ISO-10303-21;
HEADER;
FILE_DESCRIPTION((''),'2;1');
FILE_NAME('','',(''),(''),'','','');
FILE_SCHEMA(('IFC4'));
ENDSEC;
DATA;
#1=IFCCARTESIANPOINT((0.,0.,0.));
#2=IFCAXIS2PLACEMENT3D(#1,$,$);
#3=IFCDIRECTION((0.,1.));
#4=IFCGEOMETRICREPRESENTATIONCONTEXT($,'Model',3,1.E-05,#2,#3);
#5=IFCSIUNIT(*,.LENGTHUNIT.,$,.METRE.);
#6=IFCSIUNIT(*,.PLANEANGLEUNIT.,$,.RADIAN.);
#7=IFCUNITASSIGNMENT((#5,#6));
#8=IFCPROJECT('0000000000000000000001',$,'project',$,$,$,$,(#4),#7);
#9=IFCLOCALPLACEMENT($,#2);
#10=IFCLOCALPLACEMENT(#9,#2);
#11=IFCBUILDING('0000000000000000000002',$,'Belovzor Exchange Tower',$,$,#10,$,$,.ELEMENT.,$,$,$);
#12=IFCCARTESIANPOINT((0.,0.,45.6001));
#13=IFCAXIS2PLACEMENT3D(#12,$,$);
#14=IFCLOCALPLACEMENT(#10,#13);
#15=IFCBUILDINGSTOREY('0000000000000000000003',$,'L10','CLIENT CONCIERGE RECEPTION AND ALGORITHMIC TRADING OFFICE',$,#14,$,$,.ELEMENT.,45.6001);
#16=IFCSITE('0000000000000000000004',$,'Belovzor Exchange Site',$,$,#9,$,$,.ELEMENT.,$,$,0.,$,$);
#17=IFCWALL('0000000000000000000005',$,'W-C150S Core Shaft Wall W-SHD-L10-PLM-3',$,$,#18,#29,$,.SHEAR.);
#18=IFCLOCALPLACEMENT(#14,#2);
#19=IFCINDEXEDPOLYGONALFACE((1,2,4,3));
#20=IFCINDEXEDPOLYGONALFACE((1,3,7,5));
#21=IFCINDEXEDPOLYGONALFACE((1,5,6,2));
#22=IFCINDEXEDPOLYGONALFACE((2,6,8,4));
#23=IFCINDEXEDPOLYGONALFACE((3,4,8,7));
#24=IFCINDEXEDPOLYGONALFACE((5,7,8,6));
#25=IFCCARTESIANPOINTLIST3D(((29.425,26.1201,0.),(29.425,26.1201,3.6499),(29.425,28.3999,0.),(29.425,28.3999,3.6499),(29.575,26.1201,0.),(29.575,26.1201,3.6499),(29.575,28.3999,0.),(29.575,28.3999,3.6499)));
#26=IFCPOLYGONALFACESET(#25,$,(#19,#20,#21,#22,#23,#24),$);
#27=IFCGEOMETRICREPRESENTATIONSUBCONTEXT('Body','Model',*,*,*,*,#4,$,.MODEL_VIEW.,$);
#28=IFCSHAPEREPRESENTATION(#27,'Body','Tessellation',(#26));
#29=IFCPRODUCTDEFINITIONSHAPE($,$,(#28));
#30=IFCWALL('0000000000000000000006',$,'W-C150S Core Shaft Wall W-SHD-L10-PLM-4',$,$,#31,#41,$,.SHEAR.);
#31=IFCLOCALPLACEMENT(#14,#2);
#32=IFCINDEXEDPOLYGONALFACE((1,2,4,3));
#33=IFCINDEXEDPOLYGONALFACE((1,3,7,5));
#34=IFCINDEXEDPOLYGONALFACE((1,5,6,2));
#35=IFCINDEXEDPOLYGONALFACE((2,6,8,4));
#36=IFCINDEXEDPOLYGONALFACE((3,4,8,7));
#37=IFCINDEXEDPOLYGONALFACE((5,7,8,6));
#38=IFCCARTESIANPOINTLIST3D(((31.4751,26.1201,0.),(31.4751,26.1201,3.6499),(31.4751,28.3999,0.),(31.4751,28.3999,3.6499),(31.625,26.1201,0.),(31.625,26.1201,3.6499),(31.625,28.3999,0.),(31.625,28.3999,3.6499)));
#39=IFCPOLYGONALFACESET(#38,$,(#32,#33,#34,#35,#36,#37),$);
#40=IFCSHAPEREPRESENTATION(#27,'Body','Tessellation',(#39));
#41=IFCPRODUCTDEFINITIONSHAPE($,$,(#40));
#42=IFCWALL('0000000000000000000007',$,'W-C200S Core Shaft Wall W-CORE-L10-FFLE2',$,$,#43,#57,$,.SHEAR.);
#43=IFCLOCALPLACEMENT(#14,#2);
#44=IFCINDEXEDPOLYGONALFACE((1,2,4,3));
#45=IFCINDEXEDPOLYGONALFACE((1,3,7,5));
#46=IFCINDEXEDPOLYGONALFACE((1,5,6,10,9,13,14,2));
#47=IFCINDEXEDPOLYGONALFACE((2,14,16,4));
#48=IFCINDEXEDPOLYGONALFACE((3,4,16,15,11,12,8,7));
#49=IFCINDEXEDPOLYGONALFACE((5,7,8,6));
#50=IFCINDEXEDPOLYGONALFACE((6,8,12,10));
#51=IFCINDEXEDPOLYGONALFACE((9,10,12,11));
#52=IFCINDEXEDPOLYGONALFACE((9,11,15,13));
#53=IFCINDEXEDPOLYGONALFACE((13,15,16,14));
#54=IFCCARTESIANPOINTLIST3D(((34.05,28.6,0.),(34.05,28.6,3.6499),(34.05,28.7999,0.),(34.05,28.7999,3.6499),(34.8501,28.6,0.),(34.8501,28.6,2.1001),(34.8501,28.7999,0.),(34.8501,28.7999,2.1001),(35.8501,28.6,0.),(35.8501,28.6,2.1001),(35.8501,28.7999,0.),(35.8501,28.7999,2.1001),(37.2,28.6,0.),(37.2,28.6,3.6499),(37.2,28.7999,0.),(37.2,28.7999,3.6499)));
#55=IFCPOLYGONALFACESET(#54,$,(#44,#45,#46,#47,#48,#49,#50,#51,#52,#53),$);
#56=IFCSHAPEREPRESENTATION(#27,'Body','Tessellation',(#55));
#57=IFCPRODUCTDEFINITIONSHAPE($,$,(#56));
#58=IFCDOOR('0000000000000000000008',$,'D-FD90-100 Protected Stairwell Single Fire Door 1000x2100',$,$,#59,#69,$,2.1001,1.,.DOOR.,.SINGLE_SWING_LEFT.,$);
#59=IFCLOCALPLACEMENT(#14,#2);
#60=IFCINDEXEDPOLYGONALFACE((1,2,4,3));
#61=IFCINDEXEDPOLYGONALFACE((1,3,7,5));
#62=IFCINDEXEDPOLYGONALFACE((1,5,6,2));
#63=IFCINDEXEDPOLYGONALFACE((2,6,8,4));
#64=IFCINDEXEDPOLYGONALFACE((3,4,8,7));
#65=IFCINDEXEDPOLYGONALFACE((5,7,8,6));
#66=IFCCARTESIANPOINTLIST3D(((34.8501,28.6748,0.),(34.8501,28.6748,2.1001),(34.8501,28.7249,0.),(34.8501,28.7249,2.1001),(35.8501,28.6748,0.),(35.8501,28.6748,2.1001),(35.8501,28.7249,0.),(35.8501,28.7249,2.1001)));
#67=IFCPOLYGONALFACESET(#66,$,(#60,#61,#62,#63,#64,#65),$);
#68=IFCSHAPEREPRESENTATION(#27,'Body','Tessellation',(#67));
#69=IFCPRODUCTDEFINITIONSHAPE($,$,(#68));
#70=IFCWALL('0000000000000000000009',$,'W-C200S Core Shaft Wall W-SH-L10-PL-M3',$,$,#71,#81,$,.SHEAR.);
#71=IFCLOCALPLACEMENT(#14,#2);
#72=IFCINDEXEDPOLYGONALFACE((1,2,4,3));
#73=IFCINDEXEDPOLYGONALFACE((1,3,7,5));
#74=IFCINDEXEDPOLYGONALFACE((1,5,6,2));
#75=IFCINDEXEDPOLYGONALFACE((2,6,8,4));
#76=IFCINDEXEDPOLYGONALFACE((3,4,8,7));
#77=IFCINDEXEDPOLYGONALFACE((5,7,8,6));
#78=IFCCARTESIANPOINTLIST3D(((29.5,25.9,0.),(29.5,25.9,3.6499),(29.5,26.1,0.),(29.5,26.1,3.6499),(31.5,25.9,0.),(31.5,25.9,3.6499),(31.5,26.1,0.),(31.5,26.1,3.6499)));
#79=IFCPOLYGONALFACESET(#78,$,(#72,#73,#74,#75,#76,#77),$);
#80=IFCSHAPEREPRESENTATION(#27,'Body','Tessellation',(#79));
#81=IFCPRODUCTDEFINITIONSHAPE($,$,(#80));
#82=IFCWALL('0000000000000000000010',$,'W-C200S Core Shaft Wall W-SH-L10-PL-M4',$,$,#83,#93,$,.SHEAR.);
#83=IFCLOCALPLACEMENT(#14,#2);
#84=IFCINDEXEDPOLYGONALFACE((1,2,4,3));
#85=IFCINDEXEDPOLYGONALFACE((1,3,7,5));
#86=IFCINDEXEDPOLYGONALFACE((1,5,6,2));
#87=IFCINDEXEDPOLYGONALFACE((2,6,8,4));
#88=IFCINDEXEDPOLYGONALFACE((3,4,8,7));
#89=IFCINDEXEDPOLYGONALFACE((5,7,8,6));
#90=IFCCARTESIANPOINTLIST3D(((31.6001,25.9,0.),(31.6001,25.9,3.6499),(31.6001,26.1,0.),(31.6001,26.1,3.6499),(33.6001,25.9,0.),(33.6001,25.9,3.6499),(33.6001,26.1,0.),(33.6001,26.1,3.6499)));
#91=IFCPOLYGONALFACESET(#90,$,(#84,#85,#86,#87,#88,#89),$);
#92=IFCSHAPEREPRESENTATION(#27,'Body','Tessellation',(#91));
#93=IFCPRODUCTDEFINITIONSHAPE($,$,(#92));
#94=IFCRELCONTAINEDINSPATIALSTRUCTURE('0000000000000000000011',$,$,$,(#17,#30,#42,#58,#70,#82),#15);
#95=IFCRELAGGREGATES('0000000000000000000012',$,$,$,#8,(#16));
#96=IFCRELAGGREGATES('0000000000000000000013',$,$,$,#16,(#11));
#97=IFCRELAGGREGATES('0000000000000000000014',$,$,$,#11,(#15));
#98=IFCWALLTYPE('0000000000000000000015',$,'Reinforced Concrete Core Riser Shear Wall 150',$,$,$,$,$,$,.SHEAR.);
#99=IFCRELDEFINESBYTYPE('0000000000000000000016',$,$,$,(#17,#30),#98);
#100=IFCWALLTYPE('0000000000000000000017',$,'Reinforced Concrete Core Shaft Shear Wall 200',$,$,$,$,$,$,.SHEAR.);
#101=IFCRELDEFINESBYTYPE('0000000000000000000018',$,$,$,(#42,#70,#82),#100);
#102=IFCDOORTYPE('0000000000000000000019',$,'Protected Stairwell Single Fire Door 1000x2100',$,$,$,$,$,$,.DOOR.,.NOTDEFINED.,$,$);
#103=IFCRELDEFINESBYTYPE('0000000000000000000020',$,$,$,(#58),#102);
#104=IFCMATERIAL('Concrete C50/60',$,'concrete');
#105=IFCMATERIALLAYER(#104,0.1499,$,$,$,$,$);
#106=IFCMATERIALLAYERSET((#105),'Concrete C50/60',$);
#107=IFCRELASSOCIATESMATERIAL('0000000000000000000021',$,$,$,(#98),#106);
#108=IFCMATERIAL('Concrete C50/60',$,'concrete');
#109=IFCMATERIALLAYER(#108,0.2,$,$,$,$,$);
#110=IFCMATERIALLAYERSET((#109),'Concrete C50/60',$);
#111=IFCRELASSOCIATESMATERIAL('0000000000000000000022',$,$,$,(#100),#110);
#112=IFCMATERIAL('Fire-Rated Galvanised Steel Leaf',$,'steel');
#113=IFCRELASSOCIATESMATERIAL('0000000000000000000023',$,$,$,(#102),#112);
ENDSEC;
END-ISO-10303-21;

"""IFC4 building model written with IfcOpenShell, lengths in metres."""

from ifc_helpers import new_model, si_unit, direction, frame, frame_2d, origin, place, context, subcontext, project, spatial, rectangle, extrude, material, layer, layer_set, type_object, element, fill, save


model = new_model("IFC4")

# Units and contexts
model_context = context("Model", 3, precision=1e-05, world=origin(), true_north=direction((0.0, 1.0)))
body_context = subcontext(model_context, "Body", "Model", "MODEL_VIEW")
ifc_project = project(units=[si_unit("LENGTHUNIT", "METRE"), si_unit("PLANEANGLEUNIT", "RADIAN")], contexts=[model_context])

# Site, building, storey
site_placement = place(None, origin())
site = spatial("IfcSite", under=ifc_project, at=site_placement, Name="Belovzor Exchange Site", CompositionType="ELEMENT", RefElevation=0.0)
building_placement = place(site_placement, origin())
building = spatial("IfcBuilding", under=site, at=building_placement, Name="Belovzor Exchange Tower", CompositionType="ELEMENT")
storey_placement = place(building_placement, frame((0.0, 0.0, 45.6001)))
storey = spatial("IfcBuildingStorey", under=building, at=storey_placement, Name="L10", Description="CLIENT CONCIERGE RECEPTION AND ALGORITHMIC TRADING OFFICE", CompositionType="ELEMENT", Elevation=45.6001)

# Walls
ifc_material_1 = material(Name="Concrete C50/60", Category="concrete")
ifc_layer_1 = layer(ifc_material_1, 0.1499)
ifc_layer_set_1 = layer_set([ifc_layer_1], Name="Concrete C50/60")
wall_type_1 = type_object("IfcWallType", Name="Reinforced Concrete Core Riser Shear Wall 150", PredefinedType="SHEAR", material=ifc_layer_set_1)
for number, where, z_axis, x_axis, name in (
    (1, (29.5, 26.1201, 0.0), (0.0, 0.0, 1.0), (0.0, 1.0, 0.0), "W-C150S Core Shaft Wall W-SHD-L10-PLM-3"),
    (2, (31.55, 26.1201, 0.0), (0.0, 0.0, 1.0), (0.0, 1.0, 0.0), "W-C150S Core Shaft Wall W-SHD-L10-PLM-4"),
):
    element("IfcWall", number, at=place(storey_placement, frame(where, z_axis=z_axis, x_axis=x_axis)), inside=storey, type_object=wall_type_1, Name=name, PredefinedType="SHEAR", context=body_context, shape_type="SweptSolid", body=[
        extrude(rectangle(XDim=2.2798, YDim=0.1499, at=frame_2d((1.1399, 0.0))), origin(), (0.0, 0.0, 1.0), 3.6499),
    ])

# Wall, opening, door
ifc_material_2 = material(Name="Concrete C50/60", Category="concrete")
ifc_layer_2 = layer(ifc_material_2, 0.2)
ifc_layer_set_2 = layer_set([ifc_layer_2], Name="Concrete C50/60")
wall_type_2 = type_object("IfcWallType", Name="Reinforced Concrete Core Shaft Shear Wall 200", PredefinedType="SHEAR", material=ifc_layer_set_2)
wall_1_placement = place(storey_placement, frame((34.05, 28.7, 0.0), z_axis=(0.0, 0.0, 1.0), x_axis=(1.0, 0.0, 0.0)))
wall_1 = element("IfcWall", 3, at=wall_1_placement, inside=storey, type_object=wall_type_2, Name="W-C200S Core Shaft Wall W-CORE-L10-FFLE2", PredefinedType="SHEAR", context=body_context, shape_type="SweptSolid", body=[
    extrude(rectangle(XDim=3.1499, YDim=0.2, at=frame_2d((1.575, 0.0))), origin(), (0.0, 0.0, 1.0), 3.6499),
])
opening_1_placement = place(wall_1_placement, frame((0.8, 0.0, 0.0)))
opening_1 = element("IfcOpeningElement", 4, at=opening_1_placement, cuts=wall_1, PredefinedType="OPENING", context=body_context, shape_type="SweptSolid", body=[
    extrude(rectangle(XDim=1.0, YDim=2.1001, at=frame_2d((0.5, 1.05))), frame((0.0, 0.1099, 0.0), z_axis=(0.0, -1.0, 0.0), x_axis=(1.0, 0.0, 0.0)), (0.0, 0.0, 1.0), 0.22),
])
ifc_material_3 = material(Name="Fire-Rated Galvanised Steel Leaf", Category="steel")
door_type_1 = type_object("IfcDoorType", Name="Protected Stairwell Single Fire Door 1000x2100", OperationType="NOTDEFINED", PredefinedType="DOOR", material=ifc_material_3)
door_1_placement = place(opening_1_placement, origin())
door_1 = element("IfcDoor", 5, at=door_1_placement, inside=storey, type_object=door_type_1, Name="D-FD90-100 Protected Stairwell Single Fire Door 1000x2100", OperationType="SINGLE_SWING_LEFT", OverallHeight=2.1001, OverallWidth=1.0, PredefinedType="DOOR", context=body_context, shape_type="SweptSolid", body=[
    extrude(rectangle(XDim=1.0, YDim=2.1001, at=frame_2d((0.5, 1.05))), frame((0.0, 0.0249, 0.0), z_axis=(0.0, -1.0, 0.0), x_axis=(1.0, 0.0, 0.0)), (0.0, 0.0, 1.0), 0.05),
])
fill(opening_1, door_1)

# Walls
for number, where, z_axis, x_axis, name in (
    (6, (29.5, 26.0, 0.0), (0.0, 0.0, 1.0), (1.0, 0.0, 0.0), "W-C200S Core Shaft Wall W-SH-L10-PL-M3"),
    (7, (31.6001, 26.0, 0.0), (0.0, 0.0, 1.0), (1.0, 0.0, 0.0), "W-C200S Core Shaft Wall W-SH-L10-PL-M4"),
):
    element("IfcWall", number, at=place(storey_placement, frame(where, z_axis=z_axis, x_axis=x_axis)), inside=storey, type_object=wall_type_2, Name=name, PredefinedType="SHEAR", context=body_context, shape_type="SweptSolid", body=[
        extrude(rectangle(XDim=2.0, YDim=0.2, at=frame_2d((1.0, 0.0))), origin(), (0.0, 0.0, 1.0), 3.6499),
    ])

save(model, "model.ifc")
